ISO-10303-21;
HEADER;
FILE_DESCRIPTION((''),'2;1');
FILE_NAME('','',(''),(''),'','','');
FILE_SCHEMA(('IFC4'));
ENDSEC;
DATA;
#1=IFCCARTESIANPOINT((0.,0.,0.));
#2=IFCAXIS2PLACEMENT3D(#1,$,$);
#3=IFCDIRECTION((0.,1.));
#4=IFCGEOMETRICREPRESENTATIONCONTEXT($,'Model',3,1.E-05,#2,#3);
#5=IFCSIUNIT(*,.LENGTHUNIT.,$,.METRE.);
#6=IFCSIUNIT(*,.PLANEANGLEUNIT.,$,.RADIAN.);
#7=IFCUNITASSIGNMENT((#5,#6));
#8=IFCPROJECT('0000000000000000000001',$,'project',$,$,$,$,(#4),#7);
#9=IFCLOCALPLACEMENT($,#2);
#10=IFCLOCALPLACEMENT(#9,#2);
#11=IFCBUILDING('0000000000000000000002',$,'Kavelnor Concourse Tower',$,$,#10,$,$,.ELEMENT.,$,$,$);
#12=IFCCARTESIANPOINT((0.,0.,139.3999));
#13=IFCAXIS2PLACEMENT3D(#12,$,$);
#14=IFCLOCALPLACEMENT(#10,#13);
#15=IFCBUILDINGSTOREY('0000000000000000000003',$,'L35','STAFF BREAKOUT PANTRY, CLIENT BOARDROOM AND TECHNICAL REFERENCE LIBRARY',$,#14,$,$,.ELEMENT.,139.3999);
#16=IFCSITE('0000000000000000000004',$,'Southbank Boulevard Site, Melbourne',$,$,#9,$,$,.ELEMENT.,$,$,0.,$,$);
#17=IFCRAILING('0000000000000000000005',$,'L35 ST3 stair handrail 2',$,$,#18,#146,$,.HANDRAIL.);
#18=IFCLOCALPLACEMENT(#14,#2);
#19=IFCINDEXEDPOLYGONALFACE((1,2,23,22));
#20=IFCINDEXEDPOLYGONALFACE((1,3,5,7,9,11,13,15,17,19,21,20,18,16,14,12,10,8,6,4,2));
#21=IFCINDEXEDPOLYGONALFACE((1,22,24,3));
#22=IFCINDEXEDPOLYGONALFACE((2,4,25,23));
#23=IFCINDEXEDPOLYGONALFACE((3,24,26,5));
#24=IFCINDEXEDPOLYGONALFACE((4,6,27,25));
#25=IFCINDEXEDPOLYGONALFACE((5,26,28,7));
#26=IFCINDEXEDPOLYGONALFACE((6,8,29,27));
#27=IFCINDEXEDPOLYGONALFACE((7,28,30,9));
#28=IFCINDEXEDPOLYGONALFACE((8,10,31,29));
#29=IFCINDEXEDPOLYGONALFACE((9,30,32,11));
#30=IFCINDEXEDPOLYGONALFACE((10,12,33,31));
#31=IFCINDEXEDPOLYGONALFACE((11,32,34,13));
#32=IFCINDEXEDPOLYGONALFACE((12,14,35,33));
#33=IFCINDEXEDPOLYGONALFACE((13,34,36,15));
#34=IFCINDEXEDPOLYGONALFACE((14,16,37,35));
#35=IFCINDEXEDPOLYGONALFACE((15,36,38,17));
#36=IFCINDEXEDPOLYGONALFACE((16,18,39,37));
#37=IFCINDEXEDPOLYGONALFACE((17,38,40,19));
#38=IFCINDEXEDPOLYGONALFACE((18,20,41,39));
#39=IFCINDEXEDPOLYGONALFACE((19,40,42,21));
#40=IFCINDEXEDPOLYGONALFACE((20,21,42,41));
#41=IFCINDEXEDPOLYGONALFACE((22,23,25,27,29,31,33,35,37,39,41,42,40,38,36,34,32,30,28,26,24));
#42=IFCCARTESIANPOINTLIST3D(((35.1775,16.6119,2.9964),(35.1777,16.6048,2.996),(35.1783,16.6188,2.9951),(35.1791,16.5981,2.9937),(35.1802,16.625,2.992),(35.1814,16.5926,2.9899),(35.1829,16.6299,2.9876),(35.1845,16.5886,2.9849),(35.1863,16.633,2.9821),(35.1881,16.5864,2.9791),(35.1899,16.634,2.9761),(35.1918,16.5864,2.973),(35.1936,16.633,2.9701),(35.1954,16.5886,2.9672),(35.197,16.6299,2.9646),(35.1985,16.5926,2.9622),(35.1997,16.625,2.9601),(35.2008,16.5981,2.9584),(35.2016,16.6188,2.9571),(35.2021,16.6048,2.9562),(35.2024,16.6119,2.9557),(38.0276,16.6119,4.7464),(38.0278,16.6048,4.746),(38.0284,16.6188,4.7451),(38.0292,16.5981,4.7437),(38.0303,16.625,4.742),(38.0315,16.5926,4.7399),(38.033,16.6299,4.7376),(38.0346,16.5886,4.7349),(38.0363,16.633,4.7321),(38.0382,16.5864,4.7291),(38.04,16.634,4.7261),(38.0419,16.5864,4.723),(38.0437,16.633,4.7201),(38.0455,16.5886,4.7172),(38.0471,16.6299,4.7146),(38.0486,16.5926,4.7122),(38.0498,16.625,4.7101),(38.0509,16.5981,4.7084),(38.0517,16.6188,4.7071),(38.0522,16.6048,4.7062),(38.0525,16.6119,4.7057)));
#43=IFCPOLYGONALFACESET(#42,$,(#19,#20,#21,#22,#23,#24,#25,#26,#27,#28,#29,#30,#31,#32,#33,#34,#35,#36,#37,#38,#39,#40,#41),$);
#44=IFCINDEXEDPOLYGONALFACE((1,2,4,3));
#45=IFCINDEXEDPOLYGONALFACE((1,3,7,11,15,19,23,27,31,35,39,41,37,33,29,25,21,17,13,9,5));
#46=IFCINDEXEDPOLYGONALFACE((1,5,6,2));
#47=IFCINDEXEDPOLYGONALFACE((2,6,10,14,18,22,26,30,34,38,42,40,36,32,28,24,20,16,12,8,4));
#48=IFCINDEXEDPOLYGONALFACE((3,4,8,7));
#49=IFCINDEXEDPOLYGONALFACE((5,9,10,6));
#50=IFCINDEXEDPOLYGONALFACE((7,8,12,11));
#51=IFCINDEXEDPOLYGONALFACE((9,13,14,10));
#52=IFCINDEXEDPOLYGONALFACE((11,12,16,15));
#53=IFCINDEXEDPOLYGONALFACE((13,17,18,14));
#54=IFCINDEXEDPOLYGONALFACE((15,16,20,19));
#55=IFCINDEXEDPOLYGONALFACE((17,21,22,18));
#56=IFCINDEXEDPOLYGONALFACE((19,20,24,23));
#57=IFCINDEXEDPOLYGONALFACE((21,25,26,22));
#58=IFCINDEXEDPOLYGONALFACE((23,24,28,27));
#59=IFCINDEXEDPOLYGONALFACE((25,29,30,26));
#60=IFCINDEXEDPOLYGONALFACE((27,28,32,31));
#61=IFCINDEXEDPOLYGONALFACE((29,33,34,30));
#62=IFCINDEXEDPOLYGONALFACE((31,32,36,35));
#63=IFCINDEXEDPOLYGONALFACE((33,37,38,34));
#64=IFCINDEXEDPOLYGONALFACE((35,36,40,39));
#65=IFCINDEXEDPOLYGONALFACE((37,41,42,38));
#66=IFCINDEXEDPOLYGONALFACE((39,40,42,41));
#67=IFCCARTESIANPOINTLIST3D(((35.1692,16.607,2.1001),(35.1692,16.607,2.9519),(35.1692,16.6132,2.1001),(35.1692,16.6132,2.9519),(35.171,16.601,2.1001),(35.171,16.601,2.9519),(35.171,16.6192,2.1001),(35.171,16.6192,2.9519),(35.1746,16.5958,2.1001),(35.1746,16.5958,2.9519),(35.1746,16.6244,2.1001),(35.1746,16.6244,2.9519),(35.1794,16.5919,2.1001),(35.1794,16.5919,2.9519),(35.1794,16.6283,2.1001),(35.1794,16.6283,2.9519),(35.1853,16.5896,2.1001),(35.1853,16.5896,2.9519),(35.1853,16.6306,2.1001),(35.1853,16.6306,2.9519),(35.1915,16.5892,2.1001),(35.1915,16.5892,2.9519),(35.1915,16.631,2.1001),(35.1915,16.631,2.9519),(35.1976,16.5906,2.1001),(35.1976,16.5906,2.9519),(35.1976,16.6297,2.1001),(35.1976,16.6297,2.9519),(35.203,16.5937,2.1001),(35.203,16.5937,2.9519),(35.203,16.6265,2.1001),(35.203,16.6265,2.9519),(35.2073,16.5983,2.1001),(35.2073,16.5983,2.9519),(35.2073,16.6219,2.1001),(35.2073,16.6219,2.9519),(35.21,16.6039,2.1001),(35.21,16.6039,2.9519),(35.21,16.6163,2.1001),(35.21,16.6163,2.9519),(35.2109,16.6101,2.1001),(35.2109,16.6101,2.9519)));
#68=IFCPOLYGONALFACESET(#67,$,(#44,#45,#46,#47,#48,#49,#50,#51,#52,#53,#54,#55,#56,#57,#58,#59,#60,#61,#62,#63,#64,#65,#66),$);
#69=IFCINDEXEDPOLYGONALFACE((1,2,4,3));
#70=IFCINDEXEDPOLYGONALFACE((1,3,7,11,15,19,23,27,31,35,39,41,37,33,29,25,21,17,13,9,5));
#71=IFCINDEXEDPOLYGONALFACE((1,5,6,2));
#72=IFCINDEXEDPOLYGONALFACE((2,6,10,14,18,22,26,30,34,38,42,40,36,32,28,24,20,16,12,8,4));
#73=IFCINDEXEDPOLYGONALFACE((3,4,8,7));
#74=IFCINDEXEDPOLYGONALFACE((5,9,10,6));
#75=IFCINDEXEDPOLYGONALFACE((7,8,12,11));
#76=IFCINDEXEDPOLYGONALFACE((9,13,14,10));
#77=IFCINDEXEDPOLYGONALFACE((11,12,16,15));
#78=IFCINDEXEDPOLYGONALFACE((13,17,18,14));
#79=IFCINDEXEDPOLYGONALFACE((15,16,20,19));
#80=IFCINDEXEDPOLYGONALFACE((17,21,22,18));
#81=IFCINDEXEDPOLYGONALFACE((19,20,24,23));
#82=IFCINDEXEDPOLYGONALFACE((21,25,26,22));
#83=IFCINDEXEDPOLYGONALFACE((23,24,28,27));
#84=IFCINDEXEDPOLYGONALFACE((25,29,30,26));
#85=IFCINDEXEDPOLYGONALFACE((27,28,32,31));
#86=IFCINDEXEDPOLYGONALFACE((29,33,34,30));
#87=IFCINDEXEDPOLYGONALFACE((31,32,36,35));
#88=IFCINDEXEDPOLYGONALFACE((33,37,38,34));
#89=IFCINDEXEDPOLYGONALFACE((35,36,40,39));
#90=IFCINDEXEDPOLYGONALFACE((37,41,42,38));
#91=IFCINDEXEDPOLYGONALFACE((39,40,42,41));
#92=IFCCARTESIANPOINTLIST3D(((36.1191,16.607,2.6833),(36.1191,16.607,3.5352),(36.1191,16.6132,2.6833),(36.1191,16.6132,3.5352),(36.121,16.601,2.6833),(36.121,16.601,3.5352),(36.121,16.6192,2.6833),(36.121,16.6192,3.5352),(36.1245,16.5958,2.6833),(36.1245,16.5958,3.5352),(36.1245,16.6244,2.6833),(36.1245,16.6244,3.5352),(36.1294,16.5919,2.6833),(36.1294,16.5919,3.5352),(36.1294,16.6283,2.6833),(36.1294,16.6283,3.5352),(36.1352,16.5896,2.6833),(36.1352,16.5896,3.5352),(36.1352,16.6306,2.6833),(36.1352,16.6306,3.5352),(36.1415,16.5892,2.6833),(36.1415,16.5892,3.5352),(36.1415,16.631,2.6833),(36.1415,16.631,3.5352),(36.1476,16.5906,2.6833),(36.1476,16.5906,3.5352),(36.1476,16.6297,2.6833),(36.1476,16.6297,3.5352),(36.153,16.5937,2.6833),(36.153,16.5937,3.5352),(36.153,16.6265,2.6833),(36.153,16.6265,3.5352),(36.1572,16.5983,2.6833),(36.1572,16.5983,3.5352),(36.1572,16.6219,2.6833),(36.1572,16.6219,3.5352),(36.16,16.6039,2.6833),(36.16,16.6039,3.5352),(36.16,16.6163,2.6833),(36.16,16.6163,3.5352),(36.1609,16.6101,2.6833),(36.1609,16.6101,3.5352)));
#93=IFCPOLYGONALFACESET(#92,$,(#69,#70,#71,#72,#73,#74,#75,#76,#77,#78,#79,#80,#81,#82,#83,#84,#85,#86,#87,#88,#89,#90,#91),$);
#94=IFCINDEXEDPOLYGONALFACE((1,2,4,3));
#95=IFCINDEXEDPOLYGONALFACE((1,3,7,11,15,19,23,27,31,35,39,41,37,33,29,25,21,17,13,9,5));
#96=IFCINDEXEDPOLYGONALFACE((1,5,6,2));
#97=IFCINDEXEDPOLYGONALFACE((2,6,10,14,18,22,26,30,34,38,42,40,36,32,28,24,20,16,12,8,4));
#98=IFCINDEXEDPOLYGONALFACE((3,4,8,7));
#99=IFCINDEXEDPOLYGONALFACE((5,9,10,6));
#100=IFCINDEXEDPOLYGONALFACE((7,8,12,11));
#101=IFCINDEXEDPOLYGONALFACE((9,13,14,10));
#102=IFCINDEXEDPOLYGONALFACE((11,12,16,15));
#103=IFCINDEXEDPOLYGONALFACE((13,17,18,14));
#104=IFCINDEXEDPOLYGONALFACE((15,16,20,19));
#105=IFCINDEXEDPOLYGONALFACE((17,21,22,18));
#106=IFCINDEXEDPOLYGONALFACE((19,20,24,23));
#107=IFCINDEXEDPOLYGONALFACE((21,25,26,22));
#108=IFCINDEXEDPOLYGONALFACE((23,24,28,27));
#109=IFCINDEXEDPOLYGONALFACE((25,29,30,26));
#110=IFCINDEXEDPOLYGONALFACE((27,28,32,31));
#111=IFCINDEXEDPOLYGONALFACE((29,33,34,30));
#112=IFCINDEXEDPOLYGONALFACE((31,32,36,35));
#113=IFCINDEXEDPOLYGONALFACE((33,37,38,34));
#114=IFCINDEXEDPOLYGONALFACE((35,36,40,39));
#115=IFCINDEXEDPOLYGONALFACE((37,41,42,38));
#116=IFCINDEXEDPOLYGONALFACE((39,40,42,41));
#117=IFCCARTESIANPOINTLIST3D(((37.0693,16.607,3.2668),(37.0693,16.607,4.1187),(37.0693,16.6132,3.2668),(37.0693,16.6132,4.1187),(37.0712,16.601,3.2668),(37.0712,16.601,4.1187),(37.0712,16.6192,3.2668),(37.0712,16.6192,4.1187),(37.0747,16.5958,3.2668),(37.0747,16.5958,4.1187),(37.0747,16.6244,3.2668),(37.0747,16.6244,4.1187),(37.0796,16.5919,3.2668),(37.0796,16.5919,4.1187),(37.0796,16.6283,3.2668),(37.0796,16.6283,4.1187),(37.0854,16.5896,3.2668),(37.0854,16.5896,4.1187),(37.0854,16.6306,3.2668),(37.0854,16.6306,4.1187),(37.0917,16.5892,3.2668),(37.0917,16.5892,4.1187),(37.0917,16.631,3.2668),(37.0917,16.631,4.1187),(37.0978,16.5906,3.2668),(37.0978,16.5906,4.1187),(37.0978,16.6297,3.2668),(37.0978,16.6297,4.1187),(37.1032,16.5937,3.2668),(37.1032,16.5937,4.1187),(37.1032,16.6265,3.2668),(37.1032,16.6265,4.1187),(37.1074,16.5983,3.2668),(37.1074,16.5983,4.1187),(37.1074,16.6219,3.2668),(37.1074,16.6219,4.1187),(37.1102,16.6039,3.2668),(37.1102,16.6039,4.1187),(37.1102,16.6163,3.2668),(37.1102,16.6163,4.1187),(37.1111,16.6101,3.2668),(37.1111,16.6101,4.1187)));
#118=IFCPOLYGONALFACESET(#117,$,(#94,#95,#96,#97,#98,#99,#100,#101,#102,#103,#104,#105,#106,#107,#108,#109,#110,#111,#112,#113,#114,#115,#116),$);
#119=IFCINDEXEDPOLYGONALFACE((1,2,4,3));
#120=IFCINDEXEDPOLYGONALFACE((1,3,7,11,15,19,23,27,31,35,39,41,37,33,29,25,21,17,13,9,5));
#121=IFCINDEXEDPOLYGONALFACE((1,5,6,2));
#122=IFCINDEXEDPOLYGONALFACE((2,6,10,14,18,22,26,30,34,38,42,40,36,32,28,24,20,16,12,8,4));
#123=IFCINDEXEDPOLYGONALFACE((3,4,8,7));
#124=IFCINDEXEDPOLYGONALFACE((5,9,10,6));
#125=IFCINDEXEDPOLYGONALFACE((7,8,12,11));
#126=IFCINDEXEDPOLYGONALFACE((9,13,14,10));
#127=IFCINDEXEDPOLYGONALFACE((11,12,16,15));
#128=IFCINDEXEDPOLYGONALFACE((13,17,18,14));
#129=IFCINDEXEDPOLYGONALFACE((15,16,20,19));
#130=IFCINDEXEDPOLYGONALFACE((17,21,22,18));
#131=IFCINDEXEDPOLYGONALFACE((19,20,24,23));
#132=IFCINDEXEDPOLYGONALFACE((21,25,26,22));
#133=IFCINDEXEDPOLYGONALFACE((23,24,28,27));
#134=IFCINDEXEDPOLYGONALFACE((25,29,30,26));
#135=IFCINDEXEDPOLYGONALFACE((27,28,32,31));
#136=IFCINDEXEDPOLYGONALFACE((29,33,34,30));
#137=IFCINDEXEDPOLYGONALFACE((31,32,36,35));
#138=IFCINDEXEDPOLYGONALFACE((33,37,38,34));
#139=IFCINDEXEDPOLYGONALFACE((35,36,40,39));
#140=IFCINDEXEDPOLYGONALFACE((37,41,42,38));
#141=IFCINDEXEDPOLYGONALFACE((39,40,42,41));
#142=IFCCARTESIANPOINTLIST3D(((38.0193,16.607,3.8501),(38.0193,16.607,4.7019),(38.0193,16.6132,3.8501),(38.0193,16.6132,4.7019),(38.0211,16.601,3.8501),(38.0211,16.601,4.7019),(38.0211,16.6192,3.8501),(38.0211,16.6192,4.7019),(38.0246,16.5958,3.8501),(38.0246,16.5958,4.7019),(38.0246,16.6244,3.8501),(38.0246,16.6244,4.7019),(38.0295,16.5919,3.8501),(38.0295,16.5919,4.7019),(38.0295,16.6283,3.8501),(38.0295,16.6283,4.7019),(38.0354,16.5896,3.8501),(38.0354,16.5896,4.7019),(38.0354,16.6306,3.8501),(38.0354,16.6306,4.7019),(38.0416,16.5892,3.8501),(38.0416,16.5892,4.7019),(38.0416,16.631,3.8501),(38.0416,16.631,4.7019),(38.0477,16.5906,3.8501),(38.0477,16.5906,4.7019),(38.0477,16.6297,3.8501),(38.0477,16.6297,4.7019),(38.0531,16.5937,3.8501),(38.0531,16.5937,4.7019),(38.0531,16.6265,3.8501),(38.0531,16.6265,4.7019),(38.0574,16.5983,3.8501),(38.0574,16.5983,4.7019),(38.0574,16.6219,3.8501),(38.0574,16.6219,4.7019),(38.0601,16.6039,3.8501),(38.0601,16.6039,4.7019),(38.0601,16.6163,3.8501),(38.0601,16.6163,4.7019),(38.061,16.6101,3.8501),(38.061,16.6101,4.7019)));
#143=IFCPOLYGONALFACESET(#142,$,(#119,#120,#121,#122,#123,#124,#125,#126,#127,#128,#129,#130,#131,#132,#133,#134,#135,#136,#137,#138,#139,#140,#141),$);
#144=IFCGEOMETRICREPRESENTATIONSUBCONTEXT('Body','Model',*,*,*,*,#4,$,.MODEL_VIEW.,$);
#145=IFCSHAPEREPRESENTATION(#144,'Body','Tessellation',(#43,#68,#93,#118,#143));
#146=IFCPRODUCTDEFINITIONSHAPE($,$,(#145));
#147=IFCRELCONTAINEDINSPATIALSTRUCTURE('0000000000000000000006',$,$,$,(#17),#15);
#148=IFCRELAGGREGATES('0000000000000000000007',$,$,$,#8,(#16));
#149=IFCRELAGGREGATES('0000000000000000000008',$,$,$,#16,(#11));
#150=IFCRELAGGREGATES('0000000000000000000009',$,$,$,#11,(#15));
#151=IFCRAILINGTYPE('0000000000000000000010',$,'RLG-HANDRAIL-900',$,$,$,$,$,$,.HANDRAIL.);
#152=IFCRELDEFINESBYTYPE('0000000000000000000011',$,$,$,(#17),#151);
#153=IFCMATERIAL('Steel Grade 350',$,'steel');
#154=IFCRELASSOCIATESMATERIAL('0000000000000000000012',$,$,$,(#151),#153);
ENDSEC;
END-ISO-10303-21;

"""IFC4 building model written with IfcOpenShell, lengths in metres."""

from ifc_helpers import new_model, si_unit, direction, frame, origin, origin_2d, place, context, subcontext, project, spatial, circle, extrude, material, type_object, element, save


model = new_model("IFC4")

# Units and contexts
model_context = context("Model", 3, precision=1e-05, world=origin(), true_north=direction((0.0, 1.0)))
body_context = subcontext(model_context, "Body", "Model", "MODEL_VIEW")
ifc_project = project(units=[si_unit("LENGTHUNIT", "METRE"), si_unit("PLANEANGLEUNIT", "RADIAN")], contexts=[model_context])

# Site, building, storey
site_placement = place(None, origin())
site = spatial("IfcSite", under=ifc_project, at=site_placement, Name="Southbank Boulevard Site, Melbourne", CompositionType="ELEMENT", RefElevation=0.0)
building_placement = place(site_placement, origin())
building = spatial("IfcBuilding", under=site, at=building_placement, Name="Kavelnor Concourse Tower", CompositionType="ELEMENT")
storey_placement = place(building_placement, frame((0.0, 0.0, 139.3999)))
storey = spatial("IfcBuildingStorey", under=building, at=storey_placement, Name="L35", Description="STAFF BREAKOUT PANTRY, CLIENT BOARDROOM AND TECHNICAL REFERENCE LIBRARY", CompositionType="ELEMENT", Elevation=139.3999)

# Shared definitions
ifc_material_1 = material(Name="Steel Grade 350", Category="steel")

# Railing
railing_type_1 = type_object("IfcRailingType", Name="RLG-HANDRAIL-900", PredefinedType="HANDRAIL", material=ifc_material_1)
railing_1_placement = place(storey_placement, frame((35.1899, 16.6101, 2.1001)))
element("IfcRailing", 1, at=railing_1_placement, inside=storey, type_object=railing_type_1, Name="L35 ST3 stair handrail 2", PredefinedType="HANDRAIL", context=body_context, shape_type="SweptSolid", body=[
    extrude(circle(Radius=0.0239, at=origin_2d()), frame((0.0, 0.0, 0.876), z_axis=(0.852179, 0.0, 0.52325), x_axis=(0.0, 1.0, 0.0)), (0.0, 0.0, 1.0), 3.3445),
    extrude(circle(Radius=0.021, at=origin_2d()), origin(), (0.0, 0.0, 1.0), 0.8518),
    extrude(circle(Radius=0.021, at=origin_2d()), frame((0.95, 0.0, 0.5833)), (0.0, 0.0, 1.0), 0.8518),
    extrude(circle(Radius=0.021, at=origin_2d()), frame((1.9001, 0.0, 1.1667)), (0.0, 0.0, 1.0), 0.8518),
    extrude(circle(Radius=0.021, at=origin_2d()), frame((2.8501, 0.0, 1.75)), (0.0, 0.0, 1.0), 0.8518),
])

save(model, "model.ifc")
